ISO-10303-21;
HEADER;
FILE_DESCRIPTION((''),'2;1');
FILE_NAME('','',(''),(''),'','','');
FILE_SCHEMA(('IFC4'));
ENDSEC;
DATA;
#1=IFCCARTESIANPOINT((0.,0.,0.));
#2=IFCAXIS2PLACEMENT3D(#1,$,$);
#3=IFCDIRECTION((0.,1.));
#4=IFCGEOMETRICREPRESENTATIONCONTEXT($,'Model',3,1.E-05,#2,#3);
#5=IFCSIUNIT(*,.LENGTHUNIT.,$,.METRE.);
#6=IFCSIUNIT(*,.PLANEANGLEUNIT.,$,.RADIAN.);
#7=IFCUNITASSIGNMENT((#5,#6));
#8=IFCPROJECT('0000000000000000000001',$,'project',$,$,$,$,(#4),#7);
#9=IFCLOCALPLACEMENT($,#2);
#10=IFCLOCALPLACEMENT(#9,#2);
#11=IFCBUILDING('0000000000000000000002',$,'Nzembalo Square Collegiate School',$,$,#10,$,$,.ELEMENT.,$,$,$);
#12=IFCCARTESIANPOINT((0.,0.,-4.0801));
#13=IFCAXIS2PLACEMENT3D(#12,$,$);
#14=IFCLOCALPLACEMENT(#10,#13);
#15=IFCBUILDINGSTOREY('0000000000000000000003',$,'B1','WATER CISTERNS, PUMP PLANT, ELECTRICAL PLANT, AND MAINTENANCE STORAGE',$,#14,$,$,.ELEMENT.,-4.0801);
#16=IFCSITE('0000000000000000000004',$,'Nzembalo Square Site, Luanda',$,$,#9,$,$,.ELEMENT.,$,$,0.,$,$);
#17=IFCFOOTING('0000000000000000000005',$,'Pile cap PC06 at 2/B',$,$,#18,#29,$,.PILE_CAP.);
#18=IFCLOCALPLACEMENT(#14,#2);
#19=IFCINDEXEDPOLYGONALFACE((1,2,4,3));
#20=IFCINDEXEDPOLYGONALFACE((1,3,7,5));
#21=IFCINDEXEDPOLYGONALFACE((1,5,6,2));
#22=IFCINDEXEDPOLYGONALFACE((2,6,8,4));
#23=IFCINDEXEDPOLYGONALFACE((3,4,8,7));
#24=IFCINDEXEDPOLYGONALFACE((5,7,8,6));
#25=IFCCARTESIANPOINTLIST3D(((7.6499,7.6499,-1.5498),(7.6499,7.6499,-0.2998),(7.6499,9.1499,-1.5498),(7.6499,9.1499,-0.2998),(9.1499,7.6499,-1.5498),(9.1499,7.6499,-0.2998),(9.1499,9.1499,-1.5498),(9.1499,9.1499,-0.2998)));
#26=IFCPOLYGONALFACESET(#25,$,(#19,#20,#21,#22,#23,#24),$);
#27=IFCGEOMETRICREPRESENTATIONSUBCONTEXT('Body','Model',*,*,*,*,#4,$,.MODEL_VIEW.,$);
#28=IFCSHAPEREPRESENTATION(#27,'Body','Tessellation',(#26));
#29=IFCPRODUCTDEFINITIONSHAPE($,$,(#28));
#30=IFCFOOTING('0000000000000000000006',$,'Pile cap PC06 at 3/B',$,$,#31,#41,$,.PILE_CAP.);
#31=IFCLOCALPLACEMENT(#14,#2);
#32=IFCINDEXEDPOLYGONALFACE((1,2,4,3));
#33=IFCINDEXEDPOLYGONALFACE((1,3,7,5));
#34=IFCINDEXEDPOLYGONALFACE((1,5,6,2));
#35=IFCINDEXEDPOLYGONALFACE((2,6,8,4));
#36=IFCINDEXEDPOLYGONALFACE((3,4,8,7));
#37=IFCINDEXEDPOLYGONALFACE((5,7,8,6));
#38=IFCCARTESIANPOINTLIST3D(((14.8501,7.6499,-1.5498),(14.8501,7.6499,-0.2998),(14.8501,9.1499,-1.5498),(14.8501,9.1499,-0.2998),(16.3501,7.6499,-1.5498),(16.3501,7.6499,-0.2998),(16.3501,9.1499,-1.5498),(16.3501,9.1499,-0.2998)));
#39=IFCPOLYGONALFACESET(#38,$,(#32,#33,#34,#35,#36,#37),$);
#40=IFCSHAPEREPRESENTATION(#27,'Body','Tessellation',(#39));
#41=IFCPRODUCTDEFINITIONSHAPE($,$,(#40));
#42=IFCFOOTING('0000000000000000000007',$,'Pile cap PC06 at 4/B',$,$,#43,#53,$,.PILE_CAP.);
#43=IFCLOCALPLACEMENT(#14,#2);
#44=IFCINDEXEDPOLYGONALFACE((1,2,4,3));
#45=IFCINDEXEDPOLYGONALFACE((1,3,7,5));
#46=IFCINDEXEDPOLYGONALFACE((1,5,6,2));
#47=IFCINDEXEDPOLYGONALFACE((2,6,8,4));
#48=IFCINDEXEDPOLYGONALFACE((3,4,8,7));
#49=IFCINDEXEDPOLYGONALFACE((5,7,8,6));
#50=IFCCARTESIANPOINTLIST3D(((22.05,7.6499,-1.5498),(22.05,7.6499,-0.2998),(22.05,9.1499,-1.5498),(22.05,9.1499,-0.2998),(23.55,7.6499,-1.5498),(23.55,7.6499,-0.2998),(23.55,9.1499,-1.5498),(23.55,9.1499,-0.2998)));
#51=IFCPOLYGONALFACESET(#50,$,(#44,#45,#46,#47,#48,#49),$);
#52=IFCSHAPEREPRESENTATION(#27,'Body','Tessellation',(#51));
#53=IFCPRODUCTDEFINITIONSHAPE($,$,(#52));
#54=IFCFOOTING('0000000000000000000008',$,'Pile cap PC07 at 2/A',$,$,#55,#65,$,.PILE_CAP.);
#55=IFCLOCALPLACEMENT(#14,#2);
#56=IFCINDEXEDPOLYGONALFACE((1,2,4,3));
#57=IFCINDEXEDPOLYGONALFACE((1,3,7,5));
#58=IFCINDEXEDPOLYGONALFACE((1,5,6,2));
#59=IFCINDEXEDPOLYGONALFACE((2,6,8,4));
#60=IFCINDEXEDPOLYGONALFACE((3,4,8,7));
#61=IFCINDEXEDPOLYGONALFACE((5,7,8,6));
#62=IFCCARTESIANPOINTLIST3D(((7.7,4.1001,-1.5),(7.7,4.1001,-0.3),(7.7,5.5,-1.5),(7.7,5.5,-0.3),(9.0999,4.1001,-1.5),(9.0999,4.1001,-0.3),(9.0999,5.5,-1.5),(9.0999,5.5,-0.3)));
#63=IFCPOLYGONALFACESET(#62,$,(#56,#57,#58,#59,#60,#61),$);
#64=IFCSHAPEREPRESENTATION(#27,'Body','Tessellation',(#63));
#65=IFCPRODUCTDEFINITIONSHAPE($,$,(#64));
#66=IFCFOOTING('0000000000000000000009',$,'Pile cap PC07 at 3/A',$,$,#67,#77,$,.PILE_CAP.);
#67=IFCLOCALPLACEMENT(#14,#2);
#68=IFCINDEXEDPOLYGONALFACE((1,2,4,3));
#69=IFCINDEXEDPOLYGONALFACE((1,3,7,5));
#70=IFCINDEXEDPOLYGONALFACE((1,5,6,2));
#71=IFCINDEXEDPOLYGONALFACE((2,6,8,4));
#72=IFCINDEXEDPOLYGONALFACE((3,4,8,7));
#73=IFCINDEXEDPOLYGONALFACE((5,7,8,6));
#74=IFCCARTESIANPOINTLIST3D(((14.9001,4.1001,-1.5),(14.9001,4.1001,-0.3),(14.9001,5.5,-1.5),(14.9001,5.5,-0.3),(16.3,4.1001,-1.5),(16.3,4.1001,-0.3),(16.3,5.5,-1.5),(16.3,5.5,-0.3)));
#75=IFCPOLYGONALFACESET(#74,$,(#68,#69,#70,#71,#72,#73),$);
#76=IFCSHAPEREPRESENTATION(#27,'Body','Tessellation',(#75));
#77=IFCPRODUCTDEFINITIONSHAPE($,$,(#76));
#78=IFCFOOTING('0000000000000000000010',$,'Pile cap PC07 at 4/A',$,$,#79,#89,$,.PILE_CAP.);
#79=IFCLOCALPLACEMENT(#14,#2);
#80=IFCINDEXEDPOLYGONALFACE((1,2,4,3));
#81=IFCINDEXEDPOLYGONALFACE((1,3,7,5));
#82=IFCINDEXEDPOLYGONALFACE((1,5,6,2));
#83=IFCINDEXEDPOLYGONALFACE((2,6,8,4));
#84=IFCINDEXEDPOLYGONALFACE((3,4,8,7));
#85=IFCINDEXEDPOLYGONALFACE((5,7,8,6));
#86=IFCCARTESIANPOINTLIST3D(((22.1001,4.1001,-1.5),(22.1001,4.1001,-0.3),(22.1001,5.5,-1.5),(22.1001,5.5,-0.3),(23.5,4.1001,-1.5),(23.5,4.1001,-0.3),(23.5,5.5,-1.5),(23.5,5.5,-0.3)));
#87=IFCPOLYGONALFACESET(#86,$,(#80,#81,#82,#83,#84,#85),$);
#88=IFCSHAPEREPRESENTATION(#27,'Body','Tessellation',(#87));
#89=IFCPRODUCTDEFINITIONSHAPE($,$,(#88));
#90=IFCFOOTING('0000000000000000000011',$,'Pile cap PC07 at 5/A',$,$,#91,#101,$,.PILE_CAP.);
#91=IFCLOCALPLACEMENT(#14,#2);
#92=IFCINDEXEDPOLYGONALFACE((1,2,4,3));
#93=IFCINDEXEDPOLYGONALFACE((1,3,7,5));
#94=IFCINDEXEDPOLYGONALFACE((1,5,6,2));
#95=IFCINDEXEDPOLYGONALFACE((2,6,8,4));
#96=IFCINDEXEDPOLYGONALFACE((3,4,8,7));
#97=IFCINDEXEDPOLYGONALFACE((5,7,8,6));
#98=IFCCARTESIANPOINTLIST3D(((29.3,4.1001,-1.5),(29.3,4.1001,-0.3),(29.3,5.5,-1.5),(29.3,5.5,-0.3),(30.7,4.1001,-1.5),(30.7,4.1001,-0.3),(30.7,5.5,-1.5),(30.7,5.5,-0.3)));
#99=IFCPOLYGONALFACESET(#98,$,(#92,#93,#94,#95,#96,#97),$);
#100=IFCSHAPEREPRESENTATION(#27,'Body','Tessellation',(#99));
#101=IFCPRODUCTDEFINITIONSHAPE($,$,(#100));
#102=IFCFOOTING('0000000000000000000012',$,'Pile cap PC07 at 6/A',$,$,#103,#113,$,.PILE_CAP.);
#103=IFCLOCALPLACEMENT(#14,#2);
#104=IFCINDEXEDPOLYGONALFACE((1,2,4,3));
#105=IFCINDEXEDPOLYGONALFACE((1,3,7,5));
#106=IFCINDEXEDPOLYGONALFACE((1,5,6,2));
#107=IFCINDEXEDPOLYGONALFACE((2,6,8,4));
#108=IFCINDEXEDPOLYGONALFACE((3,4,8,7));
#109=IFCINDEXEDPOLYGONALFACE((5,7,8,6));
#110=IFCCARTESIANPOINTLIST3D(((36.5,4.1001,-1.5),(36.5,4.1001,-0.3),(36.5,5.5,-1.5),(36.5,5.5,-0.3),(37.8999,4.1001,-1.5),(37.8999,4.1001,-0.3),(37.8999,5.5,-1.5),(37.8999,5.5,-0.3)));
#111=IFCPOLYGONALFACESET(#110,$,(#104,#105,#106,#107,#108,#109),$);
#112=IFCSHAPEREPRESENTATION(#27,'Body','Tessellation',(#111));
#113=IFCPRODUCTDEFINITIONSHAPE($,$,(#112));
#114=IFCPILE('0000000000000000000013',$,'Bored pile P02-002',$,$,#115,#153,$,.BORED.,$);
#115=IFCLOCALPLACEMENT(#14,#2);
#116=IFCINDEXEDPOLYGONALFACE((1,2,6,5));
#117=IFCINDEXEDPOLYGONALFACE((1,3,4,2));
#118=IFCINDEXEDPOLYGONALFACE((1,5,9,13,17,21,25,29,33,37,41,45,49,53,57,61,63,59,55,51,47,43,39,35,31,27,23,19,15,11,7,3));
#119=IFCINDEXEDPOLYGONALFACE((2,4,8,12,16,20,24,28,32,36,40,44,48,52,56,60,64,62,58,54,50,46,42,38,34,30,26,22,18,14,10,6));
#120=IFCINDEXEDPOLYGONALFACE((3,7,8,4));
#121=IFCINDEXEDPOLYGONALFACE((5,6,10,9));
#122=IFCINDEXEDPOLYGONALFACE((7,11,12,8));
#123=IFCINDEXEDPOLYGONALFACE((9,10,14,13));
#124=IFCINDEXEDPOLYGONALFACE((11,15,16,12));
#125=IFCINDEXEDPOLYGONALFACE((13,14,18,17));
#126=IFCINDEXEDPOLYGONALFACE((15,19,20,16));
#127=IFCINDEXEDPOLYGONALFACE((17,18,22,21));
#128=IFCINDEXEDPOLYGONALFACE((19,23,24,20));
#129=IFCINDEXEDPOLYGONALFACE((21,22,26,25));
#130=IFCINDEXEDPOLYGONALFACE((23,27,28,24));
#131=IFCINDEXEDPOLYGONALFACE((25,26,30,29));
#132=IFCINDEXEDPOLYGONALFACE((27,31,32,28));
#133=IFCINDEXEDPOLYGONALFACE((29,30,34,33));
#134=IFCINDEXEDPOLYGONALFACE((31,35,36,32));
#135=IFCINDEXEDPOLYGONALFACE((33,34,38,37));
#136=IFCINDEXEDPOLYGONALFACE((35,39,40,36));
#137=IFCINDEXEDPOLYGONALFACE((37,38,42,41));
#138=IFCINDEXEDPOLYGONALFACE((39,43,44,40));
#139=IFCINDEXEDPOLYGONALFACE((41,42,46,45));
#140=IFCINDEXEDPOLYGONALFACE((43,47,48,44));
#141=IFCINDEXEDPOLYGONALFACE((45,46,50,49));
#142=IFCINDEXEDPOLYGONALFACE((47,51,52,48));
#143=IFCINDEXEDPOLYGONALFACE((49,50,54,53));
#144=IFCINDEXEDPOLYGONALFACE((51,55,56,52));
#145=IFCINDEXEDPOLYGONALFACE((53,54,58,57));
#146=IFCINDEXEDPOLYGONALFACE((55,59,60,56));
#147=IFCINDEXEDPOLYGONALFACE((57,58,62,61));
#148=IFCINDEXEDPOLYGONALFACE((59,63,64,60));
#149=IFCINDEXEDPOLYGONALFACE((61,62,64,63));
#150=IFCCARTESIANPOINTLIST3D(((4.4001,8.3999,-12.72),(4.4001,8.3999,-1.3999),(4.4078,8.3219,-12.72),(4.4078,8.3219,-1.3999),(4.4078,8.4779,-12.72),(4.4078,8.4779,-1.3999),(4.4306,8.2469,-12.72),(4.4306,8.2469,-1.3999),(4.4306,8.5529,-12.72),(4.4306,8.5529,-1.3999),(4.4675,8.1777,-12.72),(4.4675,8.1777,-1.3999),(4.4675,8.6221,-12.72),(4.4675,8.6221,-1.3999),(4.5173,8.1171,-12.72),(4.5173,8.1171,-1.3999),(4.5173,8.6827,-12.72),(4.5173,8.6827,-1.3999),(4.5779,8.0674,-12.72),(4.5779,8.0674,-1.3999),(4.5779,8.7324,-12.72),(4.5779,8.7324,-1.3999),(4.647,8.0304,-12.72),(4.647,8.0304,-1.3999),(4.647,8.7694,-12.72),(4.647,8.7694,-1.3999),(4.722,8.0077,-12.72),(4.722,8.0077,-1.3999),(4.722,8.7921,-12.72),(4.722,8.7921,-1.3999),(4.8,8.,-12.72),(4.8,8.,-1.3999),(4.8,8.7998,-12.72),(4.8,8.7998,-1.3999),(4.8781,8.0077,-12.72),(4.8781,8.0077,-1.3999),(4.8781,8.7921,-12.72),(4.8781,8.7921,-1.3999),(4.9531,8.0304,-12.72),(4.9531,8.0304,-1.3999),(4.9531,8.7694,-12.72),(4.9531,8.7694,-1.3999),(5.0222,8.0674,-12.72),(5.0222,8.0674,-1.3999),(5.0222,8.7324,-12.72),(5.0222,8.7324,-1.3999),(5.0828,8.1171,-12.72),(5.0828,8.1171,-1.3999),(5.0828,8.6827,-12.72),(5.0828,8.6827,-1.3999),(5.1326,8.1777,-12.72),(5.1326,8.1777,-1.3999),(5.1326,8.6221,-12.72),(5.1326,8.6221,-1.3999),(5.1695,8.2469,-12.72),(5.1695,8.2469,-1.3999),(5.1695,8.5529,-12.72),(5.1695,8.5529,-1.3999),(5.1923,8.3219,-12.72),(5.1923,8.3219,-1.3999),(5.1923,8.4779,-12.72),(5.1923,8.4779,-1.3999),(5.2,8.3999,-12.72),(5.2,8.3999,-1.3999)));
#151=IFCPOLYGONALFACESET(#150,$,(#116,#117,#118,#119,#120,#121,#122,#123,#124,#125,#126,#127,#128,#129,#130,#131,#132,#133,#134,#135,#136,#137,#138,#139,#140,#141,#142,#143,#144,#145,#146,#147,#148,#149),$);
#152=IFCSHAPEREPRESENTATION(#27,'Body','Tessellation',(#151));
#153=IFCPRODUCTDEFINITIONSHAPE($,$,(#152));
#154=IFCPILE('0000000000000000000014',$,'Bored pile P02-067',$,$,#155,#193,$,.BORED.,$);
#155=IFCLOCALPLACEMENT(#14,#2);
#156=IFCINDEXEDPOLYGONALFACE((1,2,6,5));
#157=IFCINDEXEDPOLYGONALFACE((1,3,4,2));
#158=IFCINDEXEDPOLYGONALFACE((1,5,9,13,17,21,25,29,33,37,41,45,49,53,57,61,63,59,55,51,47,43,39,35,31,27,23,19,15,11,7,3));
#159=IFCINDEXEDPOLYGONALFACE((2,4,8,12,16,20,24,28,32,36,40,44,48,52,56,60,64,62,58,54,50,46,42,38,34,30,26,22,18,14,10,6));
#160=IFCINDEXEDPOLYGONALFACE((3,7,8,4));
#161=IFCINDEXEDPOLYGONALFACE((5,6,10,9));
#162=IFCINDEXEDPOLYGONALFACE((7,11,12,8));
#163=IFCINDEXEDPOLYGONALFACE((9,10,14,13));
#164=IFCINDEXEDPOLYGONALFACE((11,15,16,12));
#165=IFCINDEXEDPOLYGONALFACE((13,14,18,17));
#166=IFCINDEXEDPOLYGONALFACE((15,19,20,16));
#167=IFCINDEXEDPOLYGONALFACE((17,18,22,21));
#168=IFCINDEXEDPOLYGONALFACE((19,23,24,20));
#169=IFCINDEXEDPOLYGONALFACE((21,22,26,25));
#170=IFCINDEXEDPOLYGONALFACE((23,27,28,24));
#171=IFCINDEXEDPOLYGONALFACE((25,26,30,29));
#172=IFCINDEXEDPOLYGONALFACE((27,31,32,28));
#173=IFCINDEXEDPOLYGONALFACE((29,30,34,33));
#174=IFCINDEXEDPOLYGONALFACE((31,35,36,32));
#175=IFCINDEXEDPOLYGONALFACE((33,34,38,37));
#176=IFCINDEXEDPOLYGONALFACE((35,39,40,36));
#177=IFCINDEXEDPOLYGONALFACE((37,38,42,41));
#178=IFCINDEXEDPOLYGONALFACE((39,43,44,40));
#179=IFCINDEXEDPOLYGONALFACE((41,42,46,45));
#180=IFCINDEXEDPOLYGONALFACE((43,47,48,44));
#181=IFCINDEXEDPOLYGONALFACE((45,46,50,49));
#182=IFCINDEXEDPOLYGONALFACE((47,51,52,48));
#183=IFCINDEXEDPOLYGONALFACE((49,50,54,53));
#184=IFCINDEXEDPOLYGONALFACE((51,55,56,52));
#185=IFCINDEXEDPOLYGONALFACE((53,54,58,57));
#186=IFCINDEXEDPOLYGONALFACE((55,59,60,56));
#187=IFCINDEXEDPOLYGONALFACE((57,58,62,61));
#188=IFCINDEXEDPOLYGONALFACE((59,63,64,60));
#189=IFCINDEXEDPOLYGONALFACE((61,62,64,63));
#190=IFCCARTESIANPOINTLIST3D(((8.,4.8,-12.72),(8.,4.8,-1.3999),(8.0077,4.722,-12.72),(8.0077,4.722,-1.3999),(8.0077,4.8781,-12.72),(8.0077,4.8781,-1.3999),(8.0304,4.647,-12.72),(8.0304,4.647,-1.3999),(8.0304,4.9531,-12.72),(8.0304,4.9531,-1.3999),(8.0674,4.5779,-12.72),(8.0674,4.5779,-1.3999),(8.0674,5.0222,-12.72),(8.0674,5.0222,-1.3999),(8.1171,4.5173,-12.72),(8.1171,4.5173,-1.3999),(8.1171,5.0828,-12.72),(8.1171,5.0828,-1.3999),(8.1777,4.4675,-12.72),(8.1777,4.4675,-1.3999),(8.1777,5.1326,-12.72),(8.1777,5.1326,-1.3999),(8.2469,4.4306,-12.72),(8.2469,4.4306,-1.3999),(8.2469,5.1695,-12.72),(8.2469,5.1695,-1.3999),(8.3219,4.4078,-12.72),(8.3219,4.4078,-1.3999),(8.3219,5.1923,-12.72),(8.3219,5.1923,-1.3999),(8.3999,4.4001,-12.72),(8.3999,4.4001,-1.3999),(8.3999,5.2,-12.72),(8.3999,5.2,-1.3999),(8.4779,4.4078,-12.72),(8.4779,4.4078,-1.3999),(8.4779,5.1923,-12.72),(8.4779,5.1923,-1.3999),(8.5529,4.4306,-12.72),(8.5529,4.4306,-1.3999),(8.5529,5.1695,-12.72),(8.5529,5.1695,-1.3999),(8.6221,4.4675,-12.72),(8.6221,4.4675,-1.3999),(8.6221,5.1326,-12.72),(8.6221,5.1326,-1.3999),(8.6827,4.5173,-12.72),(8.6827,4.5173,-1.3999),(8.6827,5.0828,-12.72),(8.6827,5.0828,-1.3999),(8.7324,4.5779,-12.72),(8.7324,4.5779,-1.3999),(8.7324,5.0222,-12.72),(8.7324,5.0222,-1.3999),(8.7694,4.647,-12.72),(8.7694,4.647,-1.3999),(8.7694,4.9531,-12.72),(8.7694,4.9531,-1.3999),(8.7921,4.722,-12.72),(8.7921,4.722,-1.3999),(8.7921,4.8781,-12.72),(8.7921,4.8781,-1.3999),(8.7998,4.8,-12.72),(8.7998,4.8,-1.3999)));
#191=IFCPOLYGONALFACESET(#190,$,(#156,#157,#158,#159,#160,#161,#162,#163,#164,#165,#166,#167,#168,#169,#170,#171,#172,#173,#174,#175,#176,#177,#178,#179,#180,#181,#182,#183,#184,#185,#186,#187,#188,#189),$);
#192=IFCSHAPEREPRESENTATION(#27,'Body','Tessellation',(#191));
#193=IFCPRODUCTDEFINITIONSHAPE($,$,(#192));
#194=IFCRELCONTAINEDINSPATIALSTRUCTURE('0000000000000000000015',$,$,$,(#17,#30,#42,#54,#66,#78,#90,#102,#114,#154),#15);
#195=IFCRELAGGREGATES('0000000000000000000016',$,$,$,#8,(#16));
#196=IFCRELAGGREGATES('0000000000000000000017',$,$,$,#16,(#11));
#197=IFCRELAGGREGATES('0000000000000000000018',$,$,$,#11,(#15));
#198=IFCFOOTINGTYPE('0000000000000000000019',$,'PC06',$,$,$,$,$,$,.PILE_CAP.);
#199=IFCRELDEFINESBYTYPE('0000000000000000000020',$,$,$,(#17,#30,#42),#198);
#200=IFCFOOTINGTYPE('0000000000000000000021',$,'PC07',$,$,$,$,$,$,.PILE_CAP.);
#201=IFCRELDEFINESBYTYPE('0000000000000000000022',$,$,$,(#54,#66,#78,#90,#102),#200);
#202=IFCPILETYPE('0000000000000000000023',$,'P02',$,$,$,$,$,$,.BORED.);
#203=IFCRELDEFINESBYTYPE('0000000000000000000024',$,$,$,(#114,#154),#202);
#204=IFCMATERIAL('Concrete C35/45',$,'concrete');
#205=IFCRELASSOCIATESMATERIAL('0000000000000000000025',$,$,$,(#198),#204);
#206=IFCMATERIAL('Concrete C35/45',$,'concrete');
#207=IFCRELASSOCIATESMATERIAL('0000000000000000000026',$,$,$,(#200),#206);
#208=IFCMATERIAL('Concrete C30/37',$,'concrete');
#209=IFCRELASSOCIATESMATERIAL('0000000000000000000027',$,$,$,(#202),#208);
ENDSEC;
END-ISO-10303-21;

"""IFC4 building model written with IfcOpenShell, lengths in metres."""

from ifc_helpers import new_model, si_unit, direction, frame, origin, origin_2d, place, context, subcontext, project, spatial, rectangle, circle, extrude, material, material_profile, profile_set, type_object, element, save


model = new_model("IFC4")

# Units and contexts
model_context = context("Model", 3, precision=1e-05, world=origin(), true_north=direction((0.0, 1.0)))
body_context = subcontext(model_context, "Body", "Model", "MODEL_VIEW")
ifc_project = project(units=[si_unit("LENGTHUNIT", "METRE"), si_unit("PLANEANGLEUNIT", "RADIAN")], contexts=[model_context])

# Site, building, storey
site_placement = place(None, origin())
site = spatial("IfcSite", under=ifc_project, at=site_placement, Name="Nzembalo Square Site, Luanda", CompositionType="ELEMENT", RefElevation=0.0)
building_placement = place(site_placement, origin())
building = spatial("IfcBuilding", under=site, at=building_placement, Name="Nzembalo Square Collegiate School", CompositionType="ELEMENT")
storey_placement = place(building_placement, frame((0.0, 0.0, -4.0801)))
storey = spatial("IfcBuildingStorey", under=building, at=storey_placement, Name="B1", Description="WATER CISTERNS, PUMP PLANT, ELECTRICAL PLANT, AND MAINTENANCE STORAGE", CompositionType="ELEMENT", Elevation=-4.0801)

# Footings
ifc_material_1 = material(Name="Concrete C35/45", Category="concrete")
footing_type_1 = type_object("IfcFootingType", Name="PC06", PredefinedType="PILE_CAP", material=ifc_material_1)
for number, where, z_axis, x_axis, name in (
    (1, (8.3999, 8.3999, -1.5498), (0.0, 0.0, 1.0), (1.0, 0.0, 0.0), "Pile cap PC06 at 2/B"),
    (2, (15.6001, 8.3999, -1.5498), (0.0, 0.0, 1.0), (1.0, 0.0, 0.0), "Pile cap PC06 at 3/B"),
    (3, (22.8, 8.3999, -1.5498), (0.0, 0.0, 1.0), (1.0, 0.0, 0.0), "Pile cap PC06 at 4/B"),
):
    element("IfcFooting", number, at=place(storey_placement, frame(where, z_axis=z_axis, x_axis=x_axis)), inside=storey, type_object=footing_type_1, Name=name, PredefinedType="PILE_CAP", context=body_context, shape_type="SweptSolid", body=[
        extrude(rectangle(XDim=1.5, YDim=1.5, at=origin_2d()), origin(), (0.0, 0.0, 1.0), 1.25),
    ])
ifc_material_2 = material(Name="Concrete C35/45", Category="concrete")
footing_type_2 = type_object("IfcFootingType", Name="PC07", PredefinedType="PILE_CAP", material=ifc_material_2)
for number, where, z_axis, x_axis, name in (
    (4, (8.3999, 4.8, -1.5), (0.0, 0.0, 1.0), (1.0, 0.0, 0.0), "Pile cap PC07 at 2/A"),
    (5, (15.6001, 4.8, -1.5), (0.0, 0.0, 1.0), (1.0, 0.0, 0.0), "Pile cap PC07 at 3/A"),
    (6, (22.8, 4.8, -1.5), (0.0, 0.0, 1.0), (1.0, 0.0, 0.0), "Pile cap PC07 at 4/A"),
    (7, (30.0, 4.8, -1.5), (0.0, 0.0, 1.0), (1.0, 0.0, 0.0), "Pile cap PC07 at 5/A"),
    (8, (37.2, 4.8, -1.5), (0.0, 0.0, 1.0), (1.0, 0.0, 0.0), "Pile cap PC07 at 6/A"),
):
    element("IfcFooting", number, at=place(storey_placement, frame(where, z_axis=z_axis, x_axis=x_axis)), inside=storey, type_object=footing_type_2, Name=name, PredefinedType="PILE_CAP", context=body_context, shape_type="SweptSolid", body=[
        extrude(rectangle(XDim=1.3999, YDim=1.3999, at=origin_2d()), origin(), (0.0, 0.0, 1.0), 1.2),
    ])

# Piles
ifc_material_3 = material(Name="Concrete C30/37", Category="concrete")
ifc_material_profile_1 = material_profile(ifc_material_3, circle(Radius=0.3999, at=origin_2d()), Name="PILE D800")
ifc_profile_set_1 = profile_set([ifc_material_profile_1], Name="Concrete C30/37")
pile_type = type_object("IfcPileType", Name="P02", PredefinedType="BORED", material=ifc_profile_set_1)
for number, where, z_axis, x_axis, name in (
    (9, (4.8, 8.3999, -1.3999), (0.0, 0.0, -1.0), (1.0, 0.0, 0.0), "Bored pile P02-002"),
    (10, (8.3999, 4.8, -1.3999), (0.0, 0.0, -1.0), (1.0, 0.0, 0.0), "Bored pile P02-067"),
):
    element("IfcPile", number, at=place(storey_placement, frame(where, z_axis=z_axis, x_axis=x_axis)), inside=storey, type_object=pile_type, Name=name, PredefinedType="BORED", context=body_context, shape_type="SweptSolid", body=[
        extrude(circle(Radius=0.3999, at=origin_2d()), origin(), (0.0, 0.0, 1.0), 11.3201),
    ])

save(model, "model.ifc")
